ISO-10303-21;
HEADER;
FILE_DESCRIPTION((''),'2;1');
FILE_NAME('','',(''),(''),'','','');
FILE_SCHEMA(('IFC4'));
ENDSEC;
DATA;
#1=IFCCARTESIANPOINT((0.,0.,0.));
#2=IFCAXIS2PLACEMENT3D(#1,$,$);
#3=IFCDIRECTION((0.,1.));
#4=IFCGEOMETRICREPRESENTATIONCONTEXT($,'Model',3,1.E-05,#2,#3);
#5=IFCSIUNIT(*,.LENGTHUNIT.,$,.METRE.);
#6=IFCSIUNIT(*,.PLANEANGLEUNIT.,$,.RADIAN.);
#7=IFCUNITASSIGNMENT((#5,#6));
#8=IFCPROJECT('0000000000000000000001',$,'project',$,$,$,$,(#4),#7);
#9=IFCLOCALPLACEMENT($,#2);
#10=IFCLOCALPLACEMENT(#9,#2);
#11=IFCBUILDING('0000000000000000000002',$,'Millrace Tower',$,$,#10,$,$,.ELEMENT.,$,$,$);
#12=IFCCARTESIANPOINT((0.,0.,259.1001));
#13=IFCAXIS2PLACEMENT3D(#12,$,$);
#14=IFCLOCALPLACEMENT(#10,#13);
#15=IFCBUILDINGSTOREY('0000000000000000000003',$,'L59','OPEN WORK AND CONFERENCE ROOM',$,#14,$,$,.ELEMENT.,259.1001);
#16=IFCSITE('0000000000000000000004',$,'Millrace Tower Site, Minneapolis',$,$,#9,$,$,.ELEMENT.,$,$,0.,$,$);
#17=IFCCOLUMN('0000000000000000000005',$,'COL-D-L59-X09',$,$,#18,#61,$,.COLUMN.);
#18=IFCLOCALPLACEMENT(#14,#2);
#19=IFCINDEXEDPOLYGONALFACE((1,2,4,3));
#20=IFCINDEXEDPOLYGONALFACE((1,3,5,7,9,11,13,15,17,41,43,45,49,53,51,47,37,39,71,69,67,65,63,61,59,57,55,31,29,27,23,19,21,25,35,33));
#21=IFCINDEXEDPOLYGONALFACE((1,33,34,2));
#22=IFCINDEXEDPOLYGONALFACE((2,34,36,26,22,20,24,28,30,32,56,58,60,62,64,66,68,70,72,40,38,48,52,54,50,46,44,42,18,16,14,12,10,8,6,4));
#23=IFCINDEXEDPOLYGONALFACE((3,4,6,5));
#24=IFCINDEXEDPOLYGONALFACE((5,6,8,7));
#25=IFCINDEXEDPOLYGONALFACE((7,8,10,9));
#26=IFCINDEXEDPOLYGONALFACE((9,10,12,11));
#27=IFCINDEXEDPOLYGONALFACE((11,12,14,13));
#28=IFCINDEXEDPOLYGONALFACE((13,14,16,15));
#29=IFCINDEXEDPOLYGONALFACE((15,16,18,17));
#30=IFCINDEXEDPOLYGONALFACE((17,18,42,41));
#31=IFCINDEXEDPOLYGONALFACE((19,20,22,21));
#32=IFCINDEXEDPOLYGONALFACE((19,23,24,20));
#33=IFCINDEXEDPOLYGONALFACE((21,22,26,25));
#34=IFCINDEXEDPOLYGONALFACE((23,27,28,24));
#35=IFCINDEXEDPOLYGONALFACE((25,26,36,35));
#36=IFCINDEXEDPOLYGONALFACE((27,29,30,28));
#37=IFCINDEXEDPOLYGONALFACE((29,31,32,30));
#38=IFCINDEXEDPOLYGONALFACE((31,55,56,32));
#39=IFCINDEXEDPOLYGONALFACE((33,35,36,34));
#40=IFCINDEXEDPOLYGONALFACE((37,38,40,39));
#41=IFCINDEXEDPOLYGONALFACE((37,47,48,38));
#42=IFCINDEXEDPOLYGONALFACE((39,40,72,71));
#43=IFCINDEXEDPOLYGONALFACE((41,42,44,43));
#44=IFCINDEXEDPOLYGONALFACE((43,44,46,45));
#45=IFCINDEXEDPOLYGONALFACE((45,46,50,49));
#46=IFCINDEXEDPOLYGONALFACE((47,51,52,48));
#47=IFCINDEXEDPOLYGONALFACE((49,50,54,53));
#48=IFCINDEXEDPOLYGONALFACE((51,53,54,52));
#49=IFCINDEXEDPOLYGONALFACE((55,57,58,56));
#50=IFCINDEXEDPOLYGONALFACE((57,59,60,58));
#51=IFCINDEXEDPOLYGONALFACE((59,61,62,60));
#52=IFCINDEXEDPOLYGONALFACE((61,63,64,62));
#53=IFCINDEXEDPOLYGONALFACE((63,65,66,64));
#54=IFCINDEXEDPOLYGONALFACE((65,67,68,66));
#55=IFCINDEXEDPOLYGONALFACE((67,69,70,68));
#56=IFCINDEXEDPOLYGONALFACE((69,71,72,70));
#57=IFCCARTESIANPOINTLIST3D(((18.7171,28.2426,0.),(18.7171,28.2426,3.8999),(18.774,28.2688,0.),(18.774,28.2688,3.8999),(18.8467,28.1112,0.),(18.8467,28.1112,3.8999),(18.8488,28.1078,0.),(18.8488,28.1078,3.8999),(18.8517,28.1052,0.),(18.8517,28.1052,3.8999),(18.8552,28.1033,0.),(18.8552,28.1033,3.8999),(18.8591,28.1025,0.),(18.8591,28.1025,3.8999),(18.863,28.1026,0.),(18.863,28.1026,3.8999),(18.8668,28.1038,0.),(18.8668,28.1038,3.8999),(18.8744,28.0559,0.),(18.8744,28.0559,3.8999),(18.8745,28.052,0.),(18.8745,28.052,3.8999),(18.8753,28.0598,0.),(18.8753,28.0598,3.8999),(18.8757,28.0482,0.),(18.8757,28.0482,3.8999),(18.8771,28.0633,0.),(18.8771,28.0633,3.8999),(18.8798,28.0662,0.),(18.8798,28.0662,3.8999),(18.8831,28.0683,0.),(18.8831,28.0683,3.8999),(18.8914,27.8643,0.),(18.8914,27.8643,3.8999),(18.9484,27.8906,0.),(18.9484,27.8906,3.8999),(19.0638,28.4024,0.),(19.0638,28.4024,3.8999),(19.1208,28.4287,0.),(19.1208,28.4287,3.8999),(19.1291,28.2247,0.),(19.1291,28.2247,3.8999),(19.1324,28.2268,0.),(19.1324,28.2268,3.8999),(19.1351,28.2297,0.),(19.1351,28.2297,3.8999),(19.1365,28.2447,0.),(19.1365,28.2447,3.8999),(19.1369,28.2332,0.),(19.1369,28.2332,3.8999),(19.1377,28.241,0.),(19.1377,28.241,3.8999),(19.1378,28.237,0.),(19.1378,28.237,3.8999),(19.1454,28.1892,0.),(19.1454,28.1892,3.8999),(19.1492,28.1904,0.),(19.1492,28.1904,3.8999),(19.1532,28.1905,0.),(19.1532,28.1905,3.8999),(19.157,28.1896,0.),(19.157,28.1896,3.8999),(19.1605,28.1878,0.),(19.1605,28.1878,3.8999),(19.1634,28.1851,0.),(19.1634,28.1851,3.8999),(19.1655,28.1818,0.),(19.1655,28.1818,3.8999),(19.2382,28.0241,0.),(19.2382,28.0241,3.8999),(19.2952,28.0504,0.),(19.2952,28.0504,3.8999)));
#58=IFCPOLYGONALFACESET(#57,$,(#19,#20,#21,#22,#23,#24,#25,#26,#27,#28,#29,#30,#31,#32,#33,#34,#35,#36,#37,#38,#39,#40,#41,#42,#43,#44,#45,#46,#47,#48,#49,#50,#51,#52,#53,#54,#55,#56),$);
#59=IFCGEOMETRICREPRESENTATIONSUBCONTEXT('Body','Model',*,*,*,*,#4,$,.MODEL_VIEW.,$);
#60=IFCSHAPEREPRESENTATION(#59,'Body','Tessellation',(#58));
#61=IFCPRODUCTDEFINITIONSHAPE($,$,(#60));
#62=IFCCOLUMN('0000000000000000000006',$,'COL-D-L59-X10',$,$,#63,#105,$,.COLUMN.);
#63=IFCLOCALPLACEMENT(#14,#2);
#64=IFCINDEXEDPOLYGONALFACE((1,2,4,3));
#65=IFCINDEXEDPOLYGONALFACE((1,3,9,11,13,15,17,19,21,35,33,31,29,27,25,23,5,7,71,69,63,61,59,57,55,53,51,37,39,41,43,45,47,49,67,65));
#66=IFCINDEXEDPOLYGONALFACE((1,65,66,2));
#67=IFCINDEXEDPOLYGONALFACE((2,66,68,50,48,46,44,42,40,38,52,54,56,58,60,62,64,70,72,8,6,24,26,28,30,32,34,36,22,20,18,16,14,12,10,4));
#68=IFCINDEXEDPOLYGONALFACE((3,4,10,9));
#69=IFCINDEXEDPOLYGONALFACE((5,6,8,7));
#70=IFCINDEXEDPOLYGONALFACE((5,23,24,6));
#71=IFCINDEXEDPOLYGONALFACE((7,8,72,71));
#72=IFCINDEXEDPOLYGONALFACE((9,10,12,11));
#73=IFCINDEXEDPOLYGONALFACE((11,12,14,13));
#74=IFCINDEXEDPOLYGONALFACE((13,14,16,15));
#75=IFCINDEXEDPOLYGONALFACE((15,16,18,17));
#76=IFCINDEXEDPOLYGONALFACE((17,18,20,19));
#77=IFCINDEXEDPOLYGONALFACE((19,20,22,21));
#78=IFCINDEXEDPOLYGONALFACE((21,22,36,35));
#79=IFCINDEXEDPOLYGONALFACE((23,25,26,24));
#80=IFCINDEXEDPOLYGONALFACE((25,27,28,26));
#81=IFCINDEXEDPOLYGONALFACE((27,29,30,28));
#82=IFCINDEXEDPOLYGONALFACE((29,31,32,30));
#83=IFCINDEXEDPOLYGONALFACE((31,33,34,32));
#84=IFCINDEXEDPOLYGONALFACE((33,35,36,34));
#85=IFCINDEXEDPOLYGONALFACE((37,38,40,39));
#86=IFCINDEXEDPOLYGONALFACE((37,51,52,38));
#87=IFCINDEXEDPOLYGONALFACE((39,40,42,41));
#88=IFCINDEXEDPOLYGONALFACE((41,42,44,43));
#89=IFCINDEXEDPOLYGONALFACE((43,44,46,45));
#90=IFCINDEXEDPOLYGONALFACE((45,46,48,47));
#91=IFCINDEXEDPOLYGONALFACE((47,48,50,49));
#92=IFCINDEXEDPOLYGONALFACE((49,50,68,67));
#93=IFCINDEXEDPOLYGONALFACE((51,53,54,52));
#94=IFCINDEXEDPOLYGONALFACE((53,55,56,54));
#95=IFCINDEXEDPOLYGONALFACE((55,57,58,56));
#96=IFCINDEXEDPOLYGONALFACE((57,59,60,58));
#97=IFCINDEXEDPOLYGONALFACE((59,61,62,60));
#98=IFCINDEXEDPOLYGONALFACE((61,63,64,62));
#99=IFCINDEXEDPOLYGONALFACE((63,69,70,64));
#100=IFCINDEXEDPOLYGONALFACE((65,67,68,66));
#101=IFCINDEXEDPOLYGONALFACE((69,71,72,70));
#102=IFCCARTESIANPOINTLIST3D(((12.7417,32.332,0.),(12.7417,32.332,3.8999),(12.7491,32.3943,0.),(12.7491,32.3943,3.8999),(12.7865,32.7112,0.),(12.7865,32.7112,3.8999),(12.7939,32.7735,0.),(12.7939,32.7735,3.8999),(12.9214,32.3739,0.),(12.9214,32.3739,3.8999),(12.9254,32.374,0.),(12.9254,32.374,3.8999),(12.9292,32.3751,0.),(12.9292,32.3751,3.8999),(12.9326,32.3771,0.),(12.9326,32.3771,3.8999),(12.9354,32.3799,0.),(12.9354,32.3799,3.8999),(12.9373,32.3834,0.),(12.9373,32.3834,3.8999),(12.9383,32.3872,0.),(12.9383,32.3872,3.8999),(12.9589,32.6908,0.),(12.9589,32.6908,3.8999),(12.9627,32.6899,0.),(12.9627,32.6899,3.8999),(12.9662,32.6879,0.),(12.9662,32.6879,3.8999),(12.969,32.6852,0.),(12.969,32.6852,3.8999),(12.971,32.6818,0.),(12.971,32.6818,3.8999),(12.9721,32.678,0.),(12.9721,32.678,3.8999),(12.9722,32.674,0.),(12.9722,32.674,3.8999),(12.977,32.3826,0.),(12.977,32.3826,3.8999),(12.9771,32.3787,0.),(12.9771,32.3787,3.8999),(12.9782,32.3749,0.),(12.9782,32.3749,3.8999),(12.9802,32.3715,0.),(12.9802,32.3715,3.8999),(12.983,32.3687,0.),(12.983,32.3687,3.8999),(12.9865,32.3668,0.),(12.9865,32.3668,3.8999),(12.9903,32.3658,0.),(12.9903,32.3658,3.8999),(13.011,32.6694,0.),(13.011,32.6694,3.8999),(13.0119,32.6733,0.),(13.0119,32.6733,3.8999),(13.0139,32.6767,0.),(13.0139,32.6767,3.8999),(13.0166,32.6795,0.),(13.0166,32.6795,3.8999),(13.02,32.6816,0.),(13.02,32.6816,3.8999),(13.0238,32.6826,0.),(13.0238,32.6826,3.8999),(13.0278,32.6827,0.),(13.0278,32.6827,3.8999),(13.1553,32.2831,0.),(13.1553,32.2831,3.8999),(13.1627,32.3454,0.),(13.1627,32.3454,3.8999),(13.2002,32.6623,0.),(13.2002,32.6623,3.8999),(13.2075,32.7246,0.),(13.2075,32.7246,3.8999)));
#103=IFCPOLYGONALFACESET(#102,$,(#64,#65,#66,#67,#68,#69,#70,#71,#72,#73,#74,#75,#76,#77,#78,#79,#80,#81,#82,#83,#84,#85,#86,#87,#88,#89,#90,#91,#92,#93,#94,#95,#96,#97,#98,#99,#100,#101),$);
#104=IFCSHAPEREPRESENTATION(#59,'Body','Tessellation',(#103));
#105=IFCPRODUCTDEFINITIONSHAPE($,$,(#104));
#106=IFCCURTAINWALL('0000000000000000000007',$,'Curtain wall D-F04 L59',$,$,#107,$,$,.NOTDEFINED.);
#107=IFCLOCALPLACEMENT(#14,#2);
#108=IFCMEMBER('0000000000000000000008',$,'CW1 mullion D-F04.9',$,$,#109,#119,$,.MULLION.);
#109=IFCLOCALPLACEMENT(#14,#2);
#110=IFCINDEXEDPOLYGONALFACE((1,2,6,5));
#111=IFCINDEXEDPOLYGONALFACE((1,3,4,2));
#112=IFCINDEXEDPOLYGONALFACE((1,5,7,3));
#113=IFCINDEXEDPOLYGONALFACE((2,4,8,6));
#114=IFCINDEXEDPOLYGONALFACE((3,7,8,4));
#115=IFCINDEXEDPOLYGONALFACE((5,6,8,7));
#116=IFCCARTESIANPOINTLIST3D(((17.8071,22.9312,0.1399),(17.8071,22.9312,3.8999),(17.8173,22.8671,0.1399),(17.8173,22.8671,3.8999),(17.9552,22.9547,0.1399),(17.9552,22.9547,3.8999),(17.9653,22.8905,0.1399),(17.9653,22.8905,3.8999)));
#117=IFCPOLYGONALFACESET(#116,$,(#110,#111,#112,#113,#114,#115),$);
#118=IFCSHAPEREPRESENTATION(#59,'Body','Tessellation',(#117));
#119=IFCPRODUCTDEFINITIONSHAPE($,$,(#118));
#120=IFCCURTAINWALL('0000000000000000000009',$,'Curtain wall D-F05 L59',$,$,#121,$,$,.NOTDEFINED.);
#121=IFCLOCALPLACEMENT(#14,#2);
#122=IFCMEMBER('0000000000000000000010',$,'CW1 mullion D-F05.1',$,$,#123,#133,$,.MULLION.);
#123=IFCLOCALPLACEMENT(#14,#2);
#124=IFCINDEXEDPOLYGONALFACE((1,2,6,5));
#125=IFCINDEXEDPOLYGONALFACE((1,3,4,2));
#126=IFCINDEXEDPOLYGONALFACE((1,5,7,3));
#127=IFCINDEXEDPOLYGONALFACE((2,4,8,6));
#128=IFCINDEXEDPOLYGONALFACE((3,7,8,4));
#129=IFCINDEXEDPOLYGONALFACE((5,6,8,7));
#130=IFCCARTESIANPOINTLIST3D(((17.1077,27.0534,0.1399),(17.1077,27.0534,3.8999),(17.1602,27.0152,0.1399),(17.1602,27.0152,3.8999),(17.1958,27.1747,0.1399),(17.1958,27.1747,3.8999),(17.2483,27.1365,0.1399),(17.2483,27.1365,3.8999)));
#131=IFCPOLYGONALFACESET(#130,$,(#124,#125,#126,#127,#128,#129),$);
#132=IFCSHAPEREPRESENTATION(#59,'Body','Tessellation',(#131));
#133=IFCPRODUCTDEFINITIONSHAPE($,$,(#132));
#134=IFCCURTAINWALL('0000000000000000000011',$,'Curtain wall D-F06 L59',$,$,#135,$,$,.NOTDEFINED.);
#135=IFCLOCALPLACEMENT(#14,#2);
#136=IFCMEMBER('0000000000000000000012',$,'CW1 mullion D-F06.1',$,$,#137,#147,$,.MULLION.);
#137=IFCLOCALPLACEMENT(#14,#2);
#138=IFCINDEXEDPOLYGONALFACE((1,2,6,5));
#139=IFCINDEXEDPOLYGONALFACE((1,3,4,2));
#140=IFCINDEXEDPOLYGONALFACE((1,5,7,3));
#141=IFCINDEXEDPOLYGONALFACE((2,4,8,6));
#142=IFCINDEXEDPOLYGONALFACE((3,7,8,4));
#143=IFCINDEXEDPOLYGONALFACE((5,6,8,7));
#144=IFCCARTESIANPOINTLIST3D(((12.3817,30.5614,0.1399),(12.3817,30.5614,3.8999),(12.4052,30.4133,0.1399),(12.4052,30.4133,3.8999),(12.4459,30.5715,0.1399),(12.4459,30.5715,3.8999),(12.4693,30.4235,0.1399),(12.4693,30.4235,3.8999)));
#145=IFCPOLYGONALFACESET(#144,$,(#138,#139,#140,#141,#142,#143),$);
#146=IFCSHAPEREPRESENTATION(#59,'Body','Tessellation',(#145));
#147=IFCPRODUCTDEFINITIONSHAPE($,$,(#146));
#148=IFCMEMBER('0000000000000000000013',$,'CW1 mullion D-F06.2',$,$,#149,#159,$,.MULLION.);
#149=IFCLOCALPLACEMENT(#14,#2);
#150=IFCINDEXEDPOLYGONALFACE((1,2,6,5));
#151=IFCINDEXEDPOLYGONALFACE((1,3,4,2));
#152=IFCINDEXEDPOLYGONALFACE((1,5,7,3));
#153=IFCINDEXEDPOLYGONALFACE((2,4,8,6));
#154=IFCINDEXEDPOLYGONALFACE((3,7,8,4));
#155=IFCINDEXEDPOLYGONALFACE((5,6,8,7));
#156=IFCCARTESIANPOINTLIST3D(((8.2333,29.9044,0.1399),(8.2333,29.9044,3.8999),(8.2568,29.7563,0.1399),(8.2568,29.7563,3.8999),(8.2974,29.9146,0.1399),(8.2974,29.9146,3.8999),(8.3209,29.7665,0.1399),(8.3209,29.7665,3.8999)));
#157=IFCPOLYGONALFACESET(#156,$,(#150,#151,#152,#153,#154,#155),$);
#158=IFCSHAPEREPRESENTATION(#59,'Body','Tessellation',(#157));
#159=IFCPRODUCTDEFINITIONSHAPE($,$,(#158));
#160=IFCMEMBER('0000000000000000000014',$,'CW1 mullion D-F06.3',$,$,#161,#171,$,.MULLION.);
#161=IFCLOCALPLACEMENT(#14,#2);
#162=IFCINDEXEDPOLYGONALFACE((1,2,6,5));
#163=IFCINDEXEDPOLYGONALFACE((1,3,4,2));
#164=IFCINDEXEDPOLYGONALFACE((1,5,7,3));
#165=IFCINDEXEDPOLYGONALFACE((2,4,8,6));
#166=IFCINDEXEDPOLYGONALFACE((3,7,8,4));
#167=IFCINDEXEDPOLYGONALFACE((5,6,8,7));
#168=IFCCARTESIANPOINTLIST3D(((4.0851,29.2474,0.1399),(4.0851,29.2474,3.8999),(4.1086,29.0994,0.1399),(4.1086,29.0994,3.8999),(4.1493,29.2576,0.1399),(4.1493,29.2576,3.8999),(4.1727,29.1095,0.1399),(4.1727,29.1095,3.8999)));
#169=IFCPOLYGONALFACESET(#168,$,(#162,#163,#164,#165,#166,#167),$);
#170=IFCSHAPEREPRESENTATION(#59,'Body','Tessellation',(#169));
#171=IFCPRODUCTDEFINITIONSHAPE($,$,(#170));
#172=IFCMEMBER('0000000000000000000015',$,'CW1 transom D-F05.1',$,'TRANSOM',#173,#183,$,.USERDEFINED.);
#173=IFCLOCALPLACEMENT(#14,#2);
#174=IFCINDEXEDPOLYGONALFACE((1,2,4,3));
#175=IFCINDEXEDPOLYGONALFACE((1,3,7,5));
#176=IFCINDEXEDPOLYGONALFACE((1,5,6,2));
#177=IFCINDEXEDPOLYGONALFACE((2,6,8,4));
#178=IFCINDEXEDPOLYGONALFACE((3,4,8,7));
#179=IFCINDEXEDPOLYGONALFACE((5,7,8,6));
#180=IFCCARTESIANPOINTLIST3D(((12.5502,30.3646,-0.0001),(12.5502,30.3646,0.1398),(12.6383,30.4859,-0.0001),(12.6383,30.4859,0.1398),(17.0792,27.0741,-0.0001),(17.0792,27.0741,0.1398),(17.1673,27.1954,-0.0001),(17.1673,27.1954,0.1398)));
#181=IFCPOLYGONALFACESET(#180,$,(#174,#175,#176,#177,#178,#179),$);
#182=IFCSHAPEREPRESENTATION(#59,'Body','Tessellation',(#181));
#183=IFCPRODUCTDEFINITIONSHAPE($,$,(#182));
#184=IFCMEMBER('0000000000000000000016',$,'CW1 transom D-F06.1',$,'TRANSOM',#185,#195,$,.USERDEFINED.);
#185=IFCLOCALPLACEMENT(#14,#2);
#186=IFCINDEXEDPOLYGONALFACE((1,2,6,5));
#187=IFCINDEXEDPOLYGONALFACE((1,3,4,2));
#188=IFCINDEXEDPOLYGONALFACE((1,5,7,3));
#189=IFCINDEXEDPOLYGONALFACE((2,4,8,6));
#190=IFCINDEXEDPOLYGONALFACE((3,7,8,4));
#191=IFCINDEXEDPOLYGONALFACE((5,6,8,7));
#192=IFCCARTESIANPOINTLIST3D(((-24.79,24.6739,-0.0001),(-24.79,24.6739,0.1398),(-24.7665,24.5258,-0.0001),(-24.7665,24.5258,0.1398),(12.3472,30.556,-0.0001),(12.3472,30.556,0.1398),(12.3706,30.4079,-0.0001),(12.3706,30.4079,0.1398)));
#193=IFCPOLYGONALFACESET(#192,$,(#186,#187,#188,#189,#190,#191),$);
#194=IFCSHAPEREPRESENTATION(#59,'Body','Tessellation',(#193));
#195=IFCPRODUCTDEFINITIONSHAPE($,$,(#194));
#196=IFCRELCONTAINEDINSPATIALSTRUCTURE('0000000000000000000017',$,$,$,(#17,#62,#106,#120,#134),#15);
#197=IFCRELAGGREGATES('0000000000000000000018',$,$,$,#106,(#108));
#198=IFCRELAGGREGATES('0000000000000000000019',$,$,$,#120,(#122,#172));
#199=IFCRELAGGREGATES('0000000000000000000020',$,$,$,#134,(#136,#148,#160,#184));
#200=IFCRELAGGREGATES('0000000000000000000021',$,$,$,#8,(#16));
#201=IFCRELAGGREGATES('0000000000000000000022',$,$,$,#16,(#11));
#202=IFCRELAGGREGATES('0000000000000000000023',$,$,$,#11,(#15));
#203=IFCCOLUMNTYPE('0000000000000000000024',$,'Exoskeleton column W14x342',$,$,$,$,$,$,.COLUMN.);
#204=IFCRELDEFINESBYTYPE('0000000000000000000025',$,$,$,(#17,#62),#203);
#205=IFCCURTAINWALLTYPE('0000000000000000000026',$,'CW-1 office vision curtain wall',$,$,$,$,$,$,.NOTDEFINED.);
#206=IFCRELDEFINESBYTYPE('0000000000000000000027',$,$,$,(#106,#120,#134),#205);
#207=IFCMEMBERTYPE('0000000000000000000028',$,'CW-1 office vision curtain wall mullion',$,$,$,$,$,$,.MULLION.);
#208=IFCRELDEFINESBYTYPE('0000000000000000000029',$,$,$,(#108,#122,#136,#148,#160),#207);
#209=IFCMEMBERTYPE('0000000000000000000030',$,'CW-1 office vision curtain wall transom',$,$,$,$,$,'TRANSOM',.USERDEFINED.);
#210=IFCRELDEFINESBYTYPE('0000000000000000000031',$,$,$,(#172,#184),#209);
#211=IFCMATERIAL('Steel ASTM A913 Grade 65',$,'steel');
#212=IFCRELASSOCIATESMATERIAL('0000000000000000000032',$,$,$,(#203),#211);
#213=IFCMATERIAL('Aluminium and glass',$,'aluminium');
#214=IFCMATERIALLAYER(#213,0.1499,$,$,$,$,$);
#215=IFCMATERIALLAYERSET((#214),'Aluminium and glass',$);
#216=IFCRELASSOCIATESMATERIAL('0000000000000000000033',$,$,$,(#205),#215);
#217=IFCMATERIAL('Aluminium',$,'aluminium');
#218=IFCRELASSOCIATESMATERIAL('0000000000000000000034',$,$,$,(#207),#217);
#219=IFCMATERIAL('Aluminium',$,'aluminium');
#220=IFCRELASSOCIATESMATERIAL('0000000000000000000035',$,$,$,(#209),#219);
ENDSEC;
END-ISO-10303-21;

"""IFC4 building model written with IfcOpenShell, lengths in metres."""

from ifc_helpers import new_model, si_unit, direction, frame, origin, origin_2d, place, context, subcontext, project, spatial, rectangle, i_section, extrude, material, layer, layer_set, material_profile, profile_set, type_object, element, aggregate, save


model = new_model("IFC4")

# Units and contexts
model_context = context("Model", 3, precision=1e-05, world=origin(), true_north=direction((0.0, 1.0)))
body_context = subcontext(model_context, "Body", "Model", "MODEL_VIEW")
ifc_project = project(units=[si_unit("LENGTHUNIT", "METRE"), si_unit("PLANEANGLEUNIT", "RADIAN")], contexts=[model_context])

# Site, building, storey
site_placement = place(None, origin())
site = spatial("IfcSite", under=ifc_project, at=site_placement, Name="Millrace Tower Site, Minneapolis", CompositionType="ELEMENT", RefElevation=0.0)
building_placement = place(site_placement, origin())
building = spatial("IfcBuilding", under=site, at=building_placement, Name="Millrace Tower", CompositionType="ELEMENT")
storey_placement = place(building_placement, frame((0.0, 0.0, 259.1001)))
storey = spatial("IfcBuildingStorey", under=building, at=storey_placement, Name="L59", Description="OPEN WORK AND CONFERENCE ROOM", CompositionType="ELEMENT", Elevation=259.1001)

# Columns
ifc_material_1 = material(Name="Steel ASTM A913 Grade 65", Category="steel")
ifc_material_profile_1 = material_profile(ifc_material_1, i_section(OverallWidth=0.4165, OverallDepth=0.4446, WebThickness=0.0391, FlangeThickness=0.0627, FilletRadius=0.0151, at=origin_2d()))
ifc_profile_set_1 = profile_set([ifc_material_profile_1], Name="Steel ASTM A913 Grade 65")
column_type = type_object("IfcColumnType", Name="Exoskeleton column W14x342", PredefinedType="COLUMN", material=ifc_profile_set_1)
for number, where, z_axis, x_axis, name in (
    (1, (19.0061, 28.1465, 0.0), (0.0, 0.0, 1.0), (-0.418553, 0.908192, 0.0), "COL-D-L59-X09"),
    (2, (12.9746, 32.5283, 0.0), (0.0, 0.0, 1.0), (-0.993082, 0.117421, 0.0), "COL-D-L59-X10"),
):
    element("IfcColumn", number, at=place(storey_placement, frame(where, z_axis=z_axis, x_axis=x_axis)), inside=storey, type_object=column_type, Name=name, PredefinedType="COLUMN", context=body_context, shape_type="SweptSolid", body=[
        extrude(i_section(OverallWidth=0.4165, OverallDepth=0.4446, WebThickness=0.0391, FlangeThickness=0.0627, FilletRadius=0.0151, at=origin_2d()), origin(), (0.0, 0.0, 1.0), 3.8999),
    ])

# Curtain walls, members
ifc_material_2 = material(Name="Aluminium and glass", Category="aluminium")
ifc_layer_1 = layer(ifc_material_2, 0.1499)
ifc_layer_set_1 = layer_set([ifc_layer_1], Name="Aluminium and glass")
curtain_wall_type = type_object("IfcCurtainWallType", Name="CW-1 office vision curtain wall", PredefinedType="NOTDEFINED", material=ifc_layer_set_1)
placement = place(storey_placement, origin())
curtain_wall_1 = element("IfcCurtainWall", 3, at=placement, inside=storey, type_object=curtain_wall_type, Name="Curtain wall D-F04 L59", PredefinedType="NOTDEFINED")
ifc_material_3 = material(Name="Aluminium", Category="aluminium")
ifc_material_profile_2 = material_profile(ifc_material_3, rectangle(XDim=0.0649, YDim=0.1499, at=origin_2d()))
ifc_profile_set_2 = profile_set([ifc_material_profile_2], Name="Aluminium")
member_type_1 = type_object("IfcMemberType", Name="CW-1 office vision curtain wall mullion", PredefinedType="MULLION", material=ifc_profile_set_2)
member_1_placement = place(storey_placement, frame((17.8862, 22.9109, 0.1399), z_axis=(0.0, 0.0, 1.0), x_axis=(-0.156434, 0.987688, 0.0)))
member_1 = element("IfcMember", 4, at=member_1_placement, type_object=member_type_1, Name="CW1 mullion D-F04.9", PredefinedType="MULLION", context=body_context, shape_type="SweptSolid", body=[
    extrude(rectangle(XDim=0.0649, YDim=0.1499, at=origin_2d()), origin(), (0.0, 0.0, 1.0), 3.76),
])
aggregate(curtain_wall_1, [member_1])
curtain_wall_2 = element("IfcCurtainWall", 5, at=placement, inside=storey, type_object=curtain_wall_type, Name="Curtain wall D-F05 L59", PredefinedType="NOTDEFINED")
member_2_placement = place(storey_placement, frame((17.178, 27.095, 0.1399), z_axis=(0.0, 0.0, 1.0), x_axis=(-0.809017, 0.587785, 0.0)))
member_2 = element("IfcMember", 6, at=member_2_placement, type_object=member_type_1, Name="CW1 mullion D-F05.1", PredefinedType="MULLION", context=body_context, shape_type="SweptSolid", body=[
    extrude(rectangle(XDim=0.0649, YDim=0.1499, at=origin_2d()), origin(), (0.0, 0.0, 1.0), 3.76),
])

# Curtain wall, members
curtain_wall_3 = element("IfcCurtainWall", 7, at=placement, inside=storey, type_object=curtain_wall_type, Name="Curtain wall D-F06 L59", PredefinedType="NOTDEFINED")
member_3_placement = place(storey_placement, frame((12.4255, 30.4924, 0.1399), z_axis=(0.0, 0.0, 1.0), x_axis=(-0.987688, -0.156434, 0.0)))
member_3 = element("IfcMember", 8, at=member_3_placement, type_object=member_type_1, Name="CW1 mullion D-F06.1", PredefinedType="MULLION", context=body_context, shape_type="SweptSolid", body=[
    extrude(rectangle(XDim=0.0649, YDim=0.1499, at=origin_2d()), origin(), (0.0, 0.0, 1.0), 3.76),
])
member_4_placement = place(storey_placement, frame((8.2771, 29.8354, 0.1399), z_axis=(0.0, 0.0, 1.0), x_axis=(-0.987688, -0.156434, 0.0)))
member_4 = element("IfcMember", 9, at=member_4_placement, type_object=member_type_1, Name="CW1 mullion D-F06.2", PredefinedType="MULLION", context=body_context, shape_type="SweptSolid", body=[
    extrude(rectangle(XDim=0.0649, YDim=0.1499, at=origin_2d()), origin(), (0.0, 0.0, 1.0), 3.76),
])
member_5_placement = place(storey_placement, frame((4.1289, 29.1785, 0.1399), z_axis=(0.0, 0.0, 1.0), x_axis=(-0.987688, -0.156434, 0.0)))
member_5 = element("IfcMember", 10, at=member_5_placement, type_object=member_type_1, Name="CW1 mullion D-F06.3", PredefinedType="MULLION", context=body_context, shape_type="SweptSolid", body=[
    extrude(rectangle(XDim=0.0649, YDim=0.1499, at=origin_2d()), origin(), (0.0, 0.0, 1.0), 3.76),
])

# Members
ifc_material_4 = material(Name="Aluminium", Category="aluminium")
ifc_material_profile_3 = material_profile(ifc_material_4, rectangle(XDim=0.1499, YDim=0.1399, at=origin_2d()))
ifc_profile_set_3 = profile_set([ifc_material_profile_3], Name="Aluminium")
member_type_2 = type_object("IfcMemberType", Name="CW-1 office vision curtain wall transom", ElementType="TRANSOM", PredefinedType="USERDEFINED", material=ifc_profile_set_3)
member_6_placement = place(storey_placement, frame((17.1233, 27.1348, 0.0698), z_axis=(-0.809019, 0.587783, 0.0), x_axis=(-0.587783, -0.809019, 0.0)))
member_6 = element("IfcMember", 11, at=member_6_placement, type_object=member_type_2, Name="CW1 transom D-F05.1", ObjectType="TRANSOM", PredefinedType="USERDEFINED", context=body_context, shape_type="SweptSolid", body=[
    extrude(rectangle(XDim=0.1499, YDim=0.1399, at=origin_2d()), origin(), (0.0, 0.0, 1.0), 5.5981),
])
aggregate(curtain_wall_2, [member_2, member_6])
member_7_placement = place(storey_placement, frame((12.3589, 30.4819, 0.0698), z_axis=(-0.987688, -0.156438, 0.0), x_axis=(0.156438, -0.987688, 0.0)))
member_7 = element("IfcMember", 12, at=member_7_placement, type_object=member_type_2, Name="CW1 transom D-F06.1", ObjectType="TRANSOM", PredefinedType="USERDEFINED", context=body_context, shape_type="SweptSolid", body=[
    extrude(rectangle(XDim=0.1499, YDim=0.1399, at=origin_2d()), origin(), (0.0, 0.0, 1.0), 37.6001),
])
aggregate(curtain_wall_3, [member_3, member_4, member_5, member_7])

save(model, "model.ifc")
